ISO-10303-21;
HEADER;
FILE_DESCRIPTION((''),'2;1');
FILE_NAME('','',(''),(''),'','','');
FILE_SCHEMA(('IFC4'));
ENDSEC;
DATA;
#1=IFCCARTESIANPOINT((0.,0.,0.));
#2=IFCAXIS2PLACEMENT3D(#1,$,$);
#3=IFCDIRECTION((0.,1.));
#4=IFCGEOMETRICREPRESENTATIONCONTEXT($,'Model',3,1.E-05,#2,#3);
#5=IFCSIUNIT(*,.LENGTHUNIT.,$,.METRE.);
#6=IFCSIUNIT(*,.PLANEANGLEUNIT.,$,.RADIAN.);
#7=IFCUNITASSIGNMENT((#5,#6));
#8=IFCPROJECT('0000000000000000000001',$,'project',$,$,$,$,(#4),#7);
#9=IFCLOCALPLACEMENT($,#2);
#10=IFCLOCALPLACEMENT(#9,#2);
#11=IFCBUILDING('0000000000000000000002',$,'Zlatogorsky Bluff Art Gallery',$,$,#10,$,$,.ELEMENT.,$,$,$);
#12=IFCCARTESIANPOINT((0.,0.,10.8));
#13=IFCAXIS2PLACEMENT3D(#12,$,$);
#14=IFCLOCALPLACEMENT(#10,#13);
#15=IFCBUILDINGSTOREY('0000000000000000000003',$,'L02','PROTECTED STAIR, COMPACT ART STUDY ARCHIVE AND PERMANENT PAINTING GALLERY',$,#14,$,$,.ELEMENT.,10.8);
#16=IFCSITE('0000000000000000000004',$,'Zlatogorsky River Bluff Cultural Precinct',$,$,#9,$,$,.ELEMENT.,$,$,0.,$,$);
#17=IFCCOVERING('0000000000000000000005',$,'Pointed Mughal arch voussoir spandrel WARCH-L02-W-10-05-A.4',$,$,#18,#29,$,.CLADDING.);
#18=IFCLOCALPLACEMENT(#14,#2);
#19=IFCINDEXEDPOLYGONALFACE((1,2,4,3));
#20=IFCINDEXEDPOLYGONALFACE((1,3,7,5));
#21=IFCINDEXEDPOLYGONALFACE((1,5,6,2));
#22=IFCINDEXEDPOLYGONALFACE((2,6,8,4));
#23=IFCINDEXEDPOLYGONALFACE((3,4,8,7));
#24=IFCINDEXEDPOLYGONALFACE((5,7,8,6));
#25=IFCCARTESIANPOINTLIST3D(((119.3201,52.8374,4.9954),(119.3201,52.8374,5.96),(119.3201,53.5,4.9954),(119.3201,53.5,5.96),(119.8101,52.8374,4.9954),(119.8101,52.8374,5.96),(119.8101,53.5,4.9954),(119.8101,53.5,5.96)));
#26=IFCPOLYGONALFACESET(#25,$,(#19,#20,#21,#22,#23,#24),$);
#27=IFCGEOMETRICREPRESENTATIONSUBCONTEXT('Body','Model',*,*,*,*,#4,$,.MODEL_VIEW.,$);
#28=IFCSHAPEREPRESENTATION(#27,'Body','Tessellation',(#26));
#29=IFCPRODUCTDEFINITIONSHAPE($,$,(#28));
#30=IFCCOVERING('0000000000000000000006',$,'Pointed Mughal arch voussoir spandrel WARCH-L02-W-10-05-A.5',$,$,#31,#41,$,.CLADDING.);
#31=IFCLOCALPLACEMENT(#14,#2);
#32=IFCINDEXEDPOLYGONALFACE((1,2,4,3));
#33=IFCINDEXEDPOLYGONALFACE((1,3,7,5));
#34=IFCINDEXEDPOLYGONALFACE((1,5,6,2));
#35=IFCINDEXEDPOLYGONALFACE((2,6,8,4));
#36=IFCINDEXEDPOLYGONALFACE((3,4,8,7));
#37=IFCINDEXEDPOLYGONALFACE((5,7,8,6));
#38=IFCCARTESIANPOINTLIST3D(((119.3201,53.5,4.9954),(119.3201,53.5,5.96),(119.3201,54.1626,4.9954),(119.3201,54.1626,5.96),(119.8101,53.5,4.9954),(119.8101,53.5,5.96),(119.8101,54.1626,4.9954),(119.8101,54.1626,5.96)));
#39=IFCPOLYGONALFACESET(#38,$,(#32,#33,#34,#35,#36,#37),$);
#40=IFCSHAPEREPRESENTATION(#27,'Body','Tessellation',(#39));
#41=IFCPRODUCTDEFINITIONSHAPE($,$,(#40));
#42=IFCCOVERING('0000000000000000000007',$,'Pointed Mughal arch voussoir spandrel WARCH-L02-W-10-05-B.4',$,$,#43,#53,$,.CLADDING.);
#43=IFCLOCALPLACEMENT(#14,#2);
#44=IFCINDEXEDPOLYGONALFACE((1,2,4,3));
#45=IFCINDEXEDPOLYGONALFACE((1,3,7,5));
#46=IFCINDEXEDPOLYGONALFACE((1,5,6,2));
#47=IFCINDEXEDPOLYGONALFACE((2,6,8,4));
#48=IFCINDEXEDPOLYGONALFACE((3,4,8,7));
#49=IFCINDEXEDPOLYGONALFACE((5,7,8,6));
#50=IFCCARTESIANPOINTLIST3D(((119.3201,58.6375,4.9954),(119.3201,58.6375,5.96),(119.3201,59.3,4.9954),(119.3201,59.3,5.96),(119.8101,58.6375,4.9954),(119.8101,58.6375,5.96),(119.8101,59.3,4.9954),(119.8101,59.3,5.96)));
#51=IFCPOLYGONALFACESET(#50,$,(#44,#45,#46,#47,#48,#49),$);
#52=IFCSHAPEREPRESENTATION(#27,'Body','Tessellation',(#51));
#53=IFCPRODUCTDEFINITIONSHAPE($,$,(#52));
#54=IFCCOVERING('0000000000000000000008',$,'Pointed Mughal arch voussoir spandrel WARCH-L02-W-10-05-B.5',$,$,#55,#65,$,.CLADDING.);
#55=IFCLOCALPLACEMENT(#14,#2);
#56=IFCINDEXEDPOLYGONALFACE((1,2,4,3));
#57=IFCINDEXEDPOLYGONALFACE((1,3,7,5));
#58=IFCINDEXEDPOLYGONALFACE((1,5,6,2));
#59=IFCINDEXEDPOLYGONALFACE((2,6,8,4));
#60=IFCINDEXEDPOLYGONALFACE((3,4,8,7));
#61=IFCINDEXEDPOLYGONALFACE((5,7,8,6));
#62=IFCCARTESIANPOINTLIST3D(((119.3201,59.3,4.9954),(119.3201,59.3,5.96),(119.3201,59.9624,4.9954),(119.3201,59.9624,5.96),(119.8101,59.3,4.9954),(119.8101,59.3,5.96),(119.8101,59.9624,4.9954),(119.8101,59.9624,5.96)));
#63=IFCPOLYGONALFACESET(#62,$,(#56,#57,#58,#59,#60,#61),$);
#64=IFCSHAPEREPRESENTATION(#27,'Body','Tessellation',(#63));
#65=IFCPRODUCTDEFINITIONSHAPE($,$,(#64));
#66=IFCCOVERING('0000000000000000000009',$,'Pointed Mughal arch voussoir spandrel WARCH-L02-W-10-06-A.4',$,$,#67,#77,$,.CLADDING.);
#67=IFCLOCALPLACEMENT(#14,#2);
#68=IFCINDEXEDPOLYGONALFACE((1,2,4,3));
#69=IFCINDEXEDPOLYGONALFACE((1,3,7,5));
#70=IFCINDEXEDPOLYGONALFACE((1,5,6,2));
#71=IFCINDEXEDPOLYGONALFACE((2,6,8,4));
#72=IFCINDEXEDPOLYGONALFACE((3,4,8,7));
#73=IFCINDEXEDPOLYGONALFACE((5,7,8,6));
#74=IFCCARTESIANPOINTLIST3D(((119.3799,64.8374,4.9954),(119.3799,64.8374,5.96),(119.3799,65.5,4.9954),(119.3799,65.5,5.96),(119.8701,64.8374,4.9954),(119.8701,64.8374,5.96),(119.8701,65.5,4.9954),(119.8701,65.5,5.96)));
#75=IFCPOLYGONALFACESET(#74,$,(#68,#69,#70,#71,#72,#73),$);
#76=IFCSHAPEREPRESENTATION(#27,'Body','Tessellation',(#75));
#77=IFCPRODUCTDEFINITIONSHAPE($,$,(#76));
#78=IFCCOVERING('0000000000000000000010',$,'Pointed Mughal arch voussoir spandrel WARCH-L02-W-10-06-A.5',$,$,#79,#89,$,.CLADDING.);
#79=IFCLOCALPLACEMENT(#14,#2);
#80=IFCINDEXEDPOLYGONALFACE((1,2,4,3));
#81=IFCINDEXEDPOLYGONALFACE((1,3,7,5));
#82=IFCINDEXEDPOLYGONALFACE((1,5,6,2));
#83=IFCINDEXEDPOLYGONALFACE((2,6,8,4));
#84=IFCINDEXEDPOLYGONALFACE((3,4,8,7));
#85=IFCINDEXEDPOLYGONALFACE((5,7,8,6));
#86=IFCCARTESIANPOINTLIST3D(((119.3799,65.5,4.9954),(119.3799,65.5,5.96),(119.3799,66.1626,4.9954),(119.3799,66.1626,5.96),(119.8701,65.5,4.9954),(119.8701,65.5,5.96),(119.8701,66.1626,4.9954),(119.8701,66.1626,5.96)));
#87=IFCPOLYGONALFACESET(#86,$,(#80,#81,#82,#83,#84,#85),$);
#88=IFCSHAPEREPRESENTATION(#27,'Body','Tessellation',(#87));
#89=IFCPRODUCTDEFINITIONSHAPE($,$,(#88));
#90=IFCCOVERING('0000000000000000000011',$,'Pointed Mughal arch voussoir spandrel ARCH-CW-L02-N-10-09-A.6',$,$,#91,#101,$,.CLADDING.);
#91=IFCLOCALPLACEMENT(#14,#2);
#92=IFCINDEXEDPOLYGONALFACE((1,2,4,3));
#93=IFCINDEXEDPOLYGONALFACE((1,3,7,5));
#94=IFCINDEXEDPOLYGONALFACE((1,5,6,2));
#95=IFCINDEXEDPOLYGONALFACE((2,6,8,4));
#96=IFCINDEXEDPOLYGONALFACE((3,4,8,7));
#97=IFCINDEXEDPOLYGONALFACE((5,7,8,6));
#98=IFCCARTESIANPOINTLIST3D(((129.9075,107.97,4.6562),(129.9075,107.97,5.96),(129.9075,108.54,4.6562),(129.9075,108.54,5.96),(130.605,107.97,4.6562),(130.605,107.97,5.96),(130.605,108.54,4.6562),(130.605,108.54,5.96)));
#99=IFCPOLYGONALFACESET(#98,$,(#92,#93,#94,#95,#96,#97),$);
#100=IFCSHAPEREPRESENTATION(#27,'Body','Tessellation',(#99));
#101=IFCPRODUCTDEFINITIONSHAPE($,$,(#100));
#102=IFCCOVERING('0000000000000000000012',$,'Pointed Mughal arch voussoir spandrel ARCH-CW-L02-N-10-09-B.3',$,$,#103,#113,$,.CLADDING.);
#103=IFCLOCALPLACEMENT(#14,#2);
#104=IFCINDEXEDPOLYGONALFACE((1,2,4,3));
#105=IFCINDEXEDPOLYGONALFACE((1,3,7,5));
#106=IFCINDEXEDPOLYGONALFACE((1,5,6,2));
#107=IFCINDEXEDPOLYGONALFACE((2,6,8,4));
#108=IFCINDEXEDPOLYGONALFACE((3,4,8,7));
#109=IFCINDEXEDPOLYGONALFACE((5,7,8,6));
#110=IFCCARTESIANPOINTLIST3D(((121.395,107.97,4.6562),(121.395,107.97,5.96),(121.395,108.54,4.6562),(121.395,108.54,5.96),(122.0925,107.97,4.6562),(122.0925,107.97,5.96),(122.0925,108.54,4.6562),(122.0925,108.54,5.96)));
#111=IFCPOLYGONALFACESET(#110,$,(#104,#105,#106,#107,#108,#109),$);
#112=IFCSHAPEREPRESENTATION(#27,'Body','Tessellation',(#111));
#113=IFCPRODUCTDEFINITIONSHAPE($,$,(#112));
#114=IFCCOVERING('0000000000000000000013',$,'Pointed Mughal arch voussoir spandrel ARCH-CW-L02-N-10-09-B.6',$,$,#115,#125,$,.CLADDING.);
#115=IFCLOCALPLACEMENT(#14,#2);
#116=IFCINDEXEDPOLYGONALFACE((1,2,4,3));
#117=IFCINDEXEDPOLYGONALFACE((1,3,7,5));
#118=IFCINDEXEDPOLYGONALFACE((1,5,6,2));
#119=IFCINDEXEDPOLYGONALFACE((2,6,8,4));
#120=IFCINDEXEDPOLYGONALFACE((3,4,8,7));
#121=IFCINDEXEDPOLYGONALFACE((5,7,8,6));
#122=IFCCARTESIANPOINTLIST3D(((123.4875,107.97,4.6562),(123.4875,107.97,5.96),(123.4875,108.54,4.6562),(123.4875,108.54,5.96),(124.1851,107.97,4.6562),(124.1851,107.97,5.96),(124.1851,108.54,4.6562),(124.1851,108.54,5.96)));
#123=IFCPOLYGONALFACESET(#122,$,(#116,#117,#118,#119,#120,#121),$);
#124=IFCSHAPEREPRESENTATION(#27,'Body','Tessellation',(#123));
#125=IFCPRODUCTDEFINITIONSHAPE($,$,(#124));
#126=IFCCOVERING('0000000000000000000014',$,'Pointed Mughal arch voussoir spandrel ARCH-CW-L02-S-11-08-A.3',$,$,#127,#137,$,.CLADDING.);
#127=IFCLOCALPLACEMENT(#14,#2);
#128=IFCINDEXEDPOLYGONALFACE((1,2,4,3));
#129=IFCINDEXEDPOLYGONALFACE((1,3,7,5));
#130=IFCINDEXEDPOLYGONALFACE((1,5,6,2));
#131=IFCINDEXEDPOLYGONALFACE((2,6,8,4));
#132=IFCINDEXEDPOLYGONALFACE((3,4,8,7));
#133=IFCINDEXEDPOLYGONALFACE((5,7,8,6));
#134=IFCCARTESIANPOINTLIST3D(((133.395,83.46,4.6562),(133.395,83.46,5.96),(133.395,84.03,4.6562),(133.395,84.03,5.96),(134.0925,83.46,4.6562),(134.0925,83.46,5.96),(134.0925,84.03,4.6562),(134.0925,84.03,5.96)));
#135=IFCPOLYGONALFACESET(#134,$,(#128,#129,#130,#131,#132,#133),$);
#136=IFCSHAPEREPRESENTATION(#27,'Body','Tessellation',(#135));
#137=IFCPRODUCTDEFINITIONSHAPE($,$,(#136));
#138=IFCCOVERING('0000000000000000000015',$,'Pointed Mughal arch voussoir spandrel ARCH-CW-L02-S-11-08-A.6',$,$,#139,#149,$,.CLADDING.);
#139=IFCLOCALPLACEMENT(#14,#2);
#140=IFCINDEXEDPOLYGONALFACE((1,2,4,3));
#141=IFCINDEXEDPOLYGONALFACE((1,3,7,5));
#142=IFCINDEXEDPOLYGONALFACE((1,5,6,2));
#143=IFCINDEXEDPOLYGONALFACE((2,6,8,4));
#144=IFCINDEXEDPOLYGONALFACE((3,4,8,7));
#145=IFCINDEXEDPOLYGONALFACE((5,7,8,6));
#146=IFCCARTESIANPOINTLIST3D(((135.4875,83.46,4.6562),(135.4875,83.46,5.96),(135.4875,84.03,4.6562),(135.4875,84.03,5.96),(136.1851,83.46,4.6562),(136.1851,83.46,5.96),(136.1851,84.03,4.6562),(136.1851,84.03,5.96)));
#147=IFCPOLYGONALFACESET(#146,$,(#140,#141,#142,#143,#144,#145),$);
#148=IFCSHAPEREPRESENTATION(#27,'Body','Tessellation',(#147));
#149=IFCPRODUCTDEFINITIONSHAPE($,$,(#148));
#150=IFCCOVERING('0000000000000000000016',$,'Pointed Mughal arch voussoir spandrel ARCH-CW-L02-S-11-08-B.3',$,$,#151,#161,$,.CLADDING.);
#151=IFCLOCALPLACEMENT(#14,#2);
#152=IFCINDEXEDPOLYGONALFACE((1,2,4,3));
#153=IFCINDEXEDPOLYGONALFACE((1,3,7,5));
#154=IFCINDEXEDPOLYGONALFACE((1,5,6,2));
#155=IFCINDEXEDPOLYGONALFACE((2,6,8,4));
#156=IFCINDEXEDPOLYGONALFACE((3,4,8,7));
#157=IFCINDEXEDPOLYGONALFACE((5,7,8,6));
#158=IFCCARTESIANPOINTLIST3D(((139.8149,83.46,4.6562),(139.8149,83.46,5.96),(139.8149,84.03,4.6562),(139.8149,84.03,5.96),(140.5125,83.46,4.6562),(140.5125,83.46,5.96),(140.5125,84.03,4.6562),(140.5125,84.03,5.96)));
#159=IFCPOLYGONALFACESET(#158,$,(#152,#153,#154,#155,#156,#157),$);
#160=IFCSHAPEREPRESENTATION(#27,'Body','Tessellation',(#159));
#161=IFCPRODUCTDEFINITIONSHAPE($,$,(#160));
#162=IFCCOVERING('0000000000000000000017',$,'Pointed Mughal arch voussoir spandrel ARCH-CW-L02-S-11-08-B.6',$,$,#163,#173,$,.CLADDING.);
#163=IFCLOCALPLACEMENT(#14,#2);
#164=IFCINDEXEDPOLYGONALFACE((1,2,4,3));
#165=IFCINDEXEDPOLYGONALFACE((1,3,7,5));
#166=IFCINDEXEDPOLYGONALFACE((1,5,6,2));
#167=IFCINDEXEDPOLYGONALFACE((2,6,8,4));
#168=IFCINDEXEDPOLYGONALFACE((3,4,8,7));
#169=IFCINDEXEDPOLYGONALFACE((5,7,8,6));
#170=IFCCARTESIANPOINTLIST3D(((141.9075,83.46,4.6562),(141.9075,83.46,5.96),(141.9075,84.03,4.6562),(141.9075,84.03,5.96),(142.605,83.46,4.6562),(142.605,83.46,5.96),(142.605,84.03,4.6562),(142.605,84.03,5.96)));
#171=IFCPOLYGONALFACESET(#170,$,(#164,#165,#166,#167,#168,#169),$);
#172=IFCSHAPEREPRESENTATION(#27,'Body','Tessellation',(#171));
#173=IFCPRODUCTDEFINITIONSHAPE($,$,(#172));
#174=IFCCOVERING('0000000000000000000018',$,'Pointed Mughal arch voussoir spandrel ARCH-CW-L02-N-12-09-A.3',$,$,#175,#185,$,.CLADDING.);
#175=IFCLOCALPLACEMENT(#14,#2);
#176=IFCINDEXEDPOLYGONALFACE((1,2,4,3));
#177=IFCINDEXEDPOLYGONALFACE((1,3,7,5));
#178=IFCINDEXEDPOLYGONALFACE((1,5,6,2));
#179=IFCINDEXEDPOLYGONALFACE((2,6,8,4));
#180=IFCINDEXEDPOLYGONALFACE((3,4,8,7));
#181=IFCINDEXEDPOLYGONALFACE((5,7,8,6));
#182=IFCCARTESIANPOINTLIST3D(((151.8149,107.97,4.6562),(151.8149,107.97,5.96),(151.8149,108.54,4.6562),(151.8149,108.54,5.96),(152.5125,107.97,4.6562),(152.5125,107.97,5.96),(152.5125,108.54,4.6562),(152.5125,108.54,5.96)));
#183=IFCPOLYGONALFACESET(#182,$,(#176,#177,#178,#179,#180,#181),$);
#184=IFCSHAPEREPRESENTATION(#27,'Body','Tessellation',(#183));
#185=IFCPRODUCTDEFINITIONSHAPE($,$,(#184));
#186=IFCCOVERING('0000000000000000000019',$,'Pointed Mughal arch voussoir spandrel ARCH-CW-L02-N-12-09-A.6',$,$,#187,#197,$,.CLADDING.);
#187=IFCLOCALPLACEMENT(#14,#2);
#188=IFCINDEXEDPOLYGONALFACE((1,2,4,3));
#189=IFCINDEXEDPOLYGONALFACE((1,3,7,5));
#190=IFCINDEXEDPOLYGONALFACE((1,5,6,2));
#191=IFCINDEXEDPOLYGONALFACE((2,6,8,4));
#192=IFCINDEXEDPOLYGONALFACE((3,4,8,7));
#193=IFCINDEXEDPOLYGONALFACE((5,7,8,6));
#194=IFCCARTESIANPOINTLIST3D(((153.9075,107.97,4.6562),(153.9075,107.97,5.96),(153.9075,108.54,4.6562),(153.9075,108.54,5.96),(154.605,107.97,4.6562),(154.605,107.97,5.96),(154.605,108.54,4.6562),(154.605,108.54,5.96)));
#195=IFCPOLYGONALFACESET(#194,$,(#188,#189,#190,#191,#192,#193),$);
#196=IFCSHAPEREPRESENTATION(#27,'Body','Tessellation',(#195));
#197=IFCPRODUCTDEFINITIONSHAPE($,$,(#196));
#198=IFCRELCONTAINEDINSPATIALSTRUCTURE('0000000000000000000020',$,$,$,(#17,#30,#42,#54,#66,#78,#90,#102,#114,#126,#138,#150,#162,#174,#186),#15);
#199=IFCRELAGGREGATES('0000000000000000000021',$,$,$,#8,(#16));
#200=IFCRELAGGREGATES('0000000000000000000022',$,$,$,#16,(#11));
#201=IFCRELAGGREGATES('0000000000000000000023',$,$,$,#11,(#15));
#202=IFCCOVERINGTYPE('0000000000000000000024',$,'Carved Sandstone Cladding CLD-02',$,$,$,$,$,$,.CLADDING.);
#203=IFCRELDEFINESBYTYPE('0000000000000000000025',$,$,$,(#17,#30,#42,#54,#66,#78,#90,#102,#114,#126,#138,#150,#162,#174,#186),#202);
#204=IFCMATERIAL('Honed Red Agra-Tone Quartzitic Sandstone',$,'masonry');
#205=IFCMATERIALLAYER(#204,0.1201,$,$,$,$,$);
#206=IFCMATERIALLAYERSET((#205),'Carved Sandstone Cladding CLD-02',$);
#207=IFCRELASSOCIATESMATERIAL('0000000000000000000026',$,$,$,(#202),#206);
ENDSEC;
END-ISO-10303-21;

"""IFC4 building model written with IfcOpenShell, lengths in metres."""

from ifc_helpers import new_model, si_unit, direction, frame, origin, place, context, subcontext, project, spatial, polyline, outline, extrude, material, layer, layer_set, type_object, element, save


model = new_model("IFC4")

# Units and contexts
model_context = context("Model", 3, precision=1e-05, world=origin(), true_north=direction((0.0, 1.0)))
body_context = subcontext(model_context, "Body", "Model", "MODEL_VIEW")
ifc_project = project(units=[si_unit("LENGTHUNIT", "METRE"), si_unit("PLANEANGLEUNIT", "RADIAN")], contexts=[model_context])

# Site, building, storey
site_placement = place(None, origin())
site = spatial("IfcSite", under=ifc_project, at=site_placement, Name="Zlatogorsky River Bluff Cultural Precinct", CompositionType="ELEMENT", RefElevation=0.0)
building_placement = place(site_placement, origin())
building = spatial("IfcBuilding", under=site, at=building_placement, Name="Zlatogorsky Bluff Art Gallery", CompositionType="ELEMENT")
storey_placement = place(building_placement, frame((0.0, 0.0, 10.8)))
storey = spatial("IfcBuildingStorey", under=building, at=storey_placement, Name="L02", Description="PROTECTED STAIR, COMPACT ART STUDY ARCHIVE AND PERMANENT PAINTING GALLERY", CompositionType="ELEMENT", Elevation=10.8)

# Coverings
ifc_material = material(Name="Honed Red Agra-Tone Quartzitic Sandstone", Category="masonry")
ifc_layer = layer(ifc_material, 0.1201)
ifc_layer_set = layer_set([ifc_layer], Name="Carved Sandstone Cladding CLD-02")
covering_type = type_object("IfcCoveringType", Name="Carved Sandstone Cladding CLD-02", PredefinedType="CLADDING", material=ifc_layer_set)
covering_1_placement = place(storey_placement, frame((0.0, 0.0, 4.9954)))
element("IfcCovering", 1, at=covering_1_placement, inside=storey, type_object=covering_type, Name="Pointed Mughal arch voussoir spandrel WARCH-L02-W-10-05-A.4", PredefinedType="CLADDING", context=body_context, shape_type="SweptSolid", body=[
    extrude(outline(polyline([(119.3201, 52.8374), (119.3201, 53.5), (119.8101, 53.5), (119.8101, 52.8374), (119.3201, 52.8374)])), origin(), (0.0, 0.0, 1.0), 0.9646),
])
covering_2_placement = place(storey_placement, frame((0.0, 0.0, 4.9954)))
element("IfcCovering", 2, at=covering_2_placement, inside=storey, type_object=covering_type, Name="Pointed Mughal arch voussoir spandrel WARCH-L02-W-10-05-A.5", PredefinedType="CLADDING", context=body_context, shape_type="SweptSolid", body=[
    extrude(outline(polyline([(119.3201, 53.5), (119.3201, 54.1626), (119.8101, 54.1626), (119.8101, 53.5), (119.3201, 53.5)])), origin(), (0.0, 0.0, 1.0), 0.9646),
])
covering_3_placement = place(storey_placement, frame((0.0, 0.0, 4.9954)))
element("IfcCovering", 3, at=covering_3_placement, inside=storey, type_object=covering_type, Name="Pointed Mughal arch voussoir spandrel WARCH-L02-W-10-05-B.4", PredefinedType="CLADDING", context=body_context, shape_type="SweptSolid", body=[
    extrude(outline(polyline([(119.3201, 58.6375), (119.3201, 59.3), (119.8101, 59.3), (119.8101, 58.6375), (119.3201, 58.6375)])), origin(), (0.0, 0.0, 1.0), 0.9646),
])
covering_4_placement = place(storey_placement, frame((0.0, 0.0, 4.9954)))
element("IfcCovering", 4, at=covering_4_placement, inside=storey, type_object=covering_type, Name="Pointed Mughal arch voussoir spandrel WARCH-L02-W-10-05-B.5", PredefinedType="CLADDING", context=body_context, shape_type="SweptSolid", body=[
    extrude(outline(polyline([(119.3201, 59.3), (119.3201, 59.9624), (119.8101, 59.9624), (119.8101, 59.3), (119.3201, 59.3)])), origin(), (0.0, 0.0, 1.0), 0.9646),
])
covering_5_placement = place(storey_placement, frame((0.0, 0.0, 4.9954)))
element("IfcCovering", 5, at=covering_5_placement, inside=storey, type_object=covering_type, Name="Pointed Mughal arch voussoir spandrel WARCH-L02-W-10-06-A.4", PredefinedType="CLADDING", context=body_context, shape_type="SweptSolid", body=[
    extrude(outline(polyline([(119.3799, 64.8374), (119.3799, 65.5), (119.8701, 65.5), (119.8701, 64.8374), (119.3799, 64.8374)])), origin(), (0.0, 0.0, 1.0), 0.9646),
])
covering_6_placement = place(storey_placement, frame((0.0, 0.0, 4.9954)))
element("IfcCovering", 6, at=covering_6_placement, inside=storey, type_object=covering_type, Name="Pointed Mughal arch voussoir spandrel WARCH-L02-W-10-06-A.5", PredefinedType="CLADDING", context=body_context, shape_type="SweptSolid", body=[
    extrude(outline(polyline([(119.3799, 65.5), (119.3799, 66.1626), (119.8701, 66.1626), (119.8701, 65.5), (119.3799, 65.5)])), origin(), (0.0, 0.0, 1.0), 0.9646),
])
covering_7_placement = place(storey_placement, frame((0.0, 0.0, 4.6562)))
element("IfcCovering", 7, at=covering_7_placement, inside=storey, type_object=covering_type, Name="Pointed Mughal arch voussoir spandrel ARCH-CW-L02-N-10-09-A.6", PredefinedType="CLADDING", context=body_context, shape_type="SweptSolid", body=[
    extrude(outline(polyline([(129.9075, 107.97), (130.605, 107.97), (130.605, 108.54), (129.9075, 108.54), (129.9075, 107.97)])), origin(), (0.0, 0.0, 1.0), 1.3037),
])
covering_8_placement = place(storey_placement, frame((0.0, 0.0, 4.6562)))
element("IfcCovering", 8, at=covering_8_placement, inside=storey, type_object=covering_type, Name="Pointed Mughal arch voussoir spandrel ARCH-CW-L02-N-10-09-B.3", PredefinedType="CLADDING", context=body_context, shape_type="SweptSolid", body=[
    extrude(outline(polyline([(121.395, 107.97), (122.0925, 107.97), (122.0925, 108.54), (121.395, 108.54), (121.395, 107.97)])), origin(), (0.0, 0.0, 1.0), 1.3037),
])
covering_9_placement = place(storey_placement, frame((0.0, 0.0, 4.6562)))
element("IfcCovering", 9, at=covering_9_placement, inside=storey, type_object=covering_type, Name="Pointed Mughal arch voussoir spandrel ARCH-CW-L02-N-10-09-B.6", PredefinedType="CLADDING", context=body_context, shape_type="SweptSolid", body=[
    extrude(outline(polyline([(123.4875, 107.97), (124.1851, 107.97), (124.1851, 108.54), (123.4875, 108.54), (123.4875, 107.97)])), origin(), (0.0, 0.0, 1.0), 1.3037),
])
covering_10_placement = place(storey_placement, frame((0.0, 0.0, 4.6562)))
element("IfcCovering", 10, at=covering_10_placement, inside=storey, type_object=covering_type, Name="Pointed Mughal arch voussoir spandrel ARCH-CW-L02-S-11-08-A.3", PredefinedType="CLADDING", context=body_context, shape_type="SweptSolid", body=[
    extrude(outline(polyline([(133.395, 83.46), (134.0925, 83.46), (134.0925, 84.03), (133.395, 84.03), (133.395, 83.46)])), origin(), (0.0, 0.0, 1.0), 1.3037),
])
covering_11_placement = place(storey_placement, frame((0.0, 0.0, 4.6562)))
element("IfcCovering", 11, at=covering_11_placement, inside=storey, type_object=covering_type, Name="Pointed Mughal arch voussoir spandrel ARCH-CW-L02-S-11-08-A.6", PredefinedType="CLADDING", context=body_context, shape_type="SweptSolid", body=[
    extrude(outline(polyline([(135.4875, 83.46), (136.1851, 83.46), (136.1851, 84.03), (135.4875, 84.03), (135.4875, 83.46)])), origin(), (0.0, 0.0, 1.0), 1.3037),
])
covering_12_placement = place(storey_placement, frame((0.0, 0.0, 4.6562)))
element("IfcCovering", 12, at=covering_12_placement, inside=storey, type_object=covering_type, Name="Pointed Mughal arch voussoir spandrel ARCH-CW-L02-S-11-08-B.3", PredefinedType="CLADDING", context=body_context, shape_type="SweptSolid", body=[
    extrude(outline(polyline([(139.8149, 83.46), (140.5125, 83.46), (140.5125, 84.03), (139.8149, 84.03), (139.8149, 83.46)])), origin(), (0.0, 0.0, 1.0), 1.3037),
])
covering_13_placement = place(storey_placement, frame((0.0, 0.0, 4.6562)))
element("IfcCovering", 13, at=covering_13_placement, inside=storey, type_object=covering_type, Name="Pointed Mughal arch voussoir spandrel ARCH-CW-L02-S-11-08-B.6", PredefinedType="CLADDING", context=body_context, shape_type="SweptSolid", body=[
    extrude(outline(polyline([(141.9075, 83.46), (142.605, 83.46), (142.605, 84.03), (141.9075, 84.03), (141.9075, 83.46)])), origin(), (0.0, 0.0, 1.0), 1.3037),
])
covering_14_placement = place(storey_placement, frame((0.0, 0.0, 4.6562)))
element("IfcCovering", 14, at=covering_14_placement, inside=storey, type_object=covering_type, Name="Pointed Mughal arch voussoir spandrel ARCH-CW-L02-N-12-09-A.3", PredefinedType="CLADDING", context=body_context, shape_type="SweptSolid", body=[
    extrude(outline(polyline([(151.8149, 107.97), (152.5125, 107.97), (152.5125, 108.54), (151.8149, 108.54), (151.8149, 107.97)])), origin(), (0.0, 0.0, 1.0), 1.3037),
])
covering_15_placement = place(storey_placement, frame((0.0, 0.0, 4.6562)))
element("IfcCovering", 15, at=covering_15_placement, inside=storey, type_object=covering_type, Name="Pointed Mughal arch voussoir spandrel ARCH-CW-L02-N-12-09-A.6", PredefinedType="CLADDING", context=body_context, shape_type="SweptSolid", body=[
    extrude(outline(polyline([(153.9075, 107.97), (154.605, 107.97), (154.605, 108.54), (153.9075, 108.54), (153.9075, 107.97)])), origin(), (0.0, 0.0, 1.0), 1.3037),
])

save(model, "model.ifc")
